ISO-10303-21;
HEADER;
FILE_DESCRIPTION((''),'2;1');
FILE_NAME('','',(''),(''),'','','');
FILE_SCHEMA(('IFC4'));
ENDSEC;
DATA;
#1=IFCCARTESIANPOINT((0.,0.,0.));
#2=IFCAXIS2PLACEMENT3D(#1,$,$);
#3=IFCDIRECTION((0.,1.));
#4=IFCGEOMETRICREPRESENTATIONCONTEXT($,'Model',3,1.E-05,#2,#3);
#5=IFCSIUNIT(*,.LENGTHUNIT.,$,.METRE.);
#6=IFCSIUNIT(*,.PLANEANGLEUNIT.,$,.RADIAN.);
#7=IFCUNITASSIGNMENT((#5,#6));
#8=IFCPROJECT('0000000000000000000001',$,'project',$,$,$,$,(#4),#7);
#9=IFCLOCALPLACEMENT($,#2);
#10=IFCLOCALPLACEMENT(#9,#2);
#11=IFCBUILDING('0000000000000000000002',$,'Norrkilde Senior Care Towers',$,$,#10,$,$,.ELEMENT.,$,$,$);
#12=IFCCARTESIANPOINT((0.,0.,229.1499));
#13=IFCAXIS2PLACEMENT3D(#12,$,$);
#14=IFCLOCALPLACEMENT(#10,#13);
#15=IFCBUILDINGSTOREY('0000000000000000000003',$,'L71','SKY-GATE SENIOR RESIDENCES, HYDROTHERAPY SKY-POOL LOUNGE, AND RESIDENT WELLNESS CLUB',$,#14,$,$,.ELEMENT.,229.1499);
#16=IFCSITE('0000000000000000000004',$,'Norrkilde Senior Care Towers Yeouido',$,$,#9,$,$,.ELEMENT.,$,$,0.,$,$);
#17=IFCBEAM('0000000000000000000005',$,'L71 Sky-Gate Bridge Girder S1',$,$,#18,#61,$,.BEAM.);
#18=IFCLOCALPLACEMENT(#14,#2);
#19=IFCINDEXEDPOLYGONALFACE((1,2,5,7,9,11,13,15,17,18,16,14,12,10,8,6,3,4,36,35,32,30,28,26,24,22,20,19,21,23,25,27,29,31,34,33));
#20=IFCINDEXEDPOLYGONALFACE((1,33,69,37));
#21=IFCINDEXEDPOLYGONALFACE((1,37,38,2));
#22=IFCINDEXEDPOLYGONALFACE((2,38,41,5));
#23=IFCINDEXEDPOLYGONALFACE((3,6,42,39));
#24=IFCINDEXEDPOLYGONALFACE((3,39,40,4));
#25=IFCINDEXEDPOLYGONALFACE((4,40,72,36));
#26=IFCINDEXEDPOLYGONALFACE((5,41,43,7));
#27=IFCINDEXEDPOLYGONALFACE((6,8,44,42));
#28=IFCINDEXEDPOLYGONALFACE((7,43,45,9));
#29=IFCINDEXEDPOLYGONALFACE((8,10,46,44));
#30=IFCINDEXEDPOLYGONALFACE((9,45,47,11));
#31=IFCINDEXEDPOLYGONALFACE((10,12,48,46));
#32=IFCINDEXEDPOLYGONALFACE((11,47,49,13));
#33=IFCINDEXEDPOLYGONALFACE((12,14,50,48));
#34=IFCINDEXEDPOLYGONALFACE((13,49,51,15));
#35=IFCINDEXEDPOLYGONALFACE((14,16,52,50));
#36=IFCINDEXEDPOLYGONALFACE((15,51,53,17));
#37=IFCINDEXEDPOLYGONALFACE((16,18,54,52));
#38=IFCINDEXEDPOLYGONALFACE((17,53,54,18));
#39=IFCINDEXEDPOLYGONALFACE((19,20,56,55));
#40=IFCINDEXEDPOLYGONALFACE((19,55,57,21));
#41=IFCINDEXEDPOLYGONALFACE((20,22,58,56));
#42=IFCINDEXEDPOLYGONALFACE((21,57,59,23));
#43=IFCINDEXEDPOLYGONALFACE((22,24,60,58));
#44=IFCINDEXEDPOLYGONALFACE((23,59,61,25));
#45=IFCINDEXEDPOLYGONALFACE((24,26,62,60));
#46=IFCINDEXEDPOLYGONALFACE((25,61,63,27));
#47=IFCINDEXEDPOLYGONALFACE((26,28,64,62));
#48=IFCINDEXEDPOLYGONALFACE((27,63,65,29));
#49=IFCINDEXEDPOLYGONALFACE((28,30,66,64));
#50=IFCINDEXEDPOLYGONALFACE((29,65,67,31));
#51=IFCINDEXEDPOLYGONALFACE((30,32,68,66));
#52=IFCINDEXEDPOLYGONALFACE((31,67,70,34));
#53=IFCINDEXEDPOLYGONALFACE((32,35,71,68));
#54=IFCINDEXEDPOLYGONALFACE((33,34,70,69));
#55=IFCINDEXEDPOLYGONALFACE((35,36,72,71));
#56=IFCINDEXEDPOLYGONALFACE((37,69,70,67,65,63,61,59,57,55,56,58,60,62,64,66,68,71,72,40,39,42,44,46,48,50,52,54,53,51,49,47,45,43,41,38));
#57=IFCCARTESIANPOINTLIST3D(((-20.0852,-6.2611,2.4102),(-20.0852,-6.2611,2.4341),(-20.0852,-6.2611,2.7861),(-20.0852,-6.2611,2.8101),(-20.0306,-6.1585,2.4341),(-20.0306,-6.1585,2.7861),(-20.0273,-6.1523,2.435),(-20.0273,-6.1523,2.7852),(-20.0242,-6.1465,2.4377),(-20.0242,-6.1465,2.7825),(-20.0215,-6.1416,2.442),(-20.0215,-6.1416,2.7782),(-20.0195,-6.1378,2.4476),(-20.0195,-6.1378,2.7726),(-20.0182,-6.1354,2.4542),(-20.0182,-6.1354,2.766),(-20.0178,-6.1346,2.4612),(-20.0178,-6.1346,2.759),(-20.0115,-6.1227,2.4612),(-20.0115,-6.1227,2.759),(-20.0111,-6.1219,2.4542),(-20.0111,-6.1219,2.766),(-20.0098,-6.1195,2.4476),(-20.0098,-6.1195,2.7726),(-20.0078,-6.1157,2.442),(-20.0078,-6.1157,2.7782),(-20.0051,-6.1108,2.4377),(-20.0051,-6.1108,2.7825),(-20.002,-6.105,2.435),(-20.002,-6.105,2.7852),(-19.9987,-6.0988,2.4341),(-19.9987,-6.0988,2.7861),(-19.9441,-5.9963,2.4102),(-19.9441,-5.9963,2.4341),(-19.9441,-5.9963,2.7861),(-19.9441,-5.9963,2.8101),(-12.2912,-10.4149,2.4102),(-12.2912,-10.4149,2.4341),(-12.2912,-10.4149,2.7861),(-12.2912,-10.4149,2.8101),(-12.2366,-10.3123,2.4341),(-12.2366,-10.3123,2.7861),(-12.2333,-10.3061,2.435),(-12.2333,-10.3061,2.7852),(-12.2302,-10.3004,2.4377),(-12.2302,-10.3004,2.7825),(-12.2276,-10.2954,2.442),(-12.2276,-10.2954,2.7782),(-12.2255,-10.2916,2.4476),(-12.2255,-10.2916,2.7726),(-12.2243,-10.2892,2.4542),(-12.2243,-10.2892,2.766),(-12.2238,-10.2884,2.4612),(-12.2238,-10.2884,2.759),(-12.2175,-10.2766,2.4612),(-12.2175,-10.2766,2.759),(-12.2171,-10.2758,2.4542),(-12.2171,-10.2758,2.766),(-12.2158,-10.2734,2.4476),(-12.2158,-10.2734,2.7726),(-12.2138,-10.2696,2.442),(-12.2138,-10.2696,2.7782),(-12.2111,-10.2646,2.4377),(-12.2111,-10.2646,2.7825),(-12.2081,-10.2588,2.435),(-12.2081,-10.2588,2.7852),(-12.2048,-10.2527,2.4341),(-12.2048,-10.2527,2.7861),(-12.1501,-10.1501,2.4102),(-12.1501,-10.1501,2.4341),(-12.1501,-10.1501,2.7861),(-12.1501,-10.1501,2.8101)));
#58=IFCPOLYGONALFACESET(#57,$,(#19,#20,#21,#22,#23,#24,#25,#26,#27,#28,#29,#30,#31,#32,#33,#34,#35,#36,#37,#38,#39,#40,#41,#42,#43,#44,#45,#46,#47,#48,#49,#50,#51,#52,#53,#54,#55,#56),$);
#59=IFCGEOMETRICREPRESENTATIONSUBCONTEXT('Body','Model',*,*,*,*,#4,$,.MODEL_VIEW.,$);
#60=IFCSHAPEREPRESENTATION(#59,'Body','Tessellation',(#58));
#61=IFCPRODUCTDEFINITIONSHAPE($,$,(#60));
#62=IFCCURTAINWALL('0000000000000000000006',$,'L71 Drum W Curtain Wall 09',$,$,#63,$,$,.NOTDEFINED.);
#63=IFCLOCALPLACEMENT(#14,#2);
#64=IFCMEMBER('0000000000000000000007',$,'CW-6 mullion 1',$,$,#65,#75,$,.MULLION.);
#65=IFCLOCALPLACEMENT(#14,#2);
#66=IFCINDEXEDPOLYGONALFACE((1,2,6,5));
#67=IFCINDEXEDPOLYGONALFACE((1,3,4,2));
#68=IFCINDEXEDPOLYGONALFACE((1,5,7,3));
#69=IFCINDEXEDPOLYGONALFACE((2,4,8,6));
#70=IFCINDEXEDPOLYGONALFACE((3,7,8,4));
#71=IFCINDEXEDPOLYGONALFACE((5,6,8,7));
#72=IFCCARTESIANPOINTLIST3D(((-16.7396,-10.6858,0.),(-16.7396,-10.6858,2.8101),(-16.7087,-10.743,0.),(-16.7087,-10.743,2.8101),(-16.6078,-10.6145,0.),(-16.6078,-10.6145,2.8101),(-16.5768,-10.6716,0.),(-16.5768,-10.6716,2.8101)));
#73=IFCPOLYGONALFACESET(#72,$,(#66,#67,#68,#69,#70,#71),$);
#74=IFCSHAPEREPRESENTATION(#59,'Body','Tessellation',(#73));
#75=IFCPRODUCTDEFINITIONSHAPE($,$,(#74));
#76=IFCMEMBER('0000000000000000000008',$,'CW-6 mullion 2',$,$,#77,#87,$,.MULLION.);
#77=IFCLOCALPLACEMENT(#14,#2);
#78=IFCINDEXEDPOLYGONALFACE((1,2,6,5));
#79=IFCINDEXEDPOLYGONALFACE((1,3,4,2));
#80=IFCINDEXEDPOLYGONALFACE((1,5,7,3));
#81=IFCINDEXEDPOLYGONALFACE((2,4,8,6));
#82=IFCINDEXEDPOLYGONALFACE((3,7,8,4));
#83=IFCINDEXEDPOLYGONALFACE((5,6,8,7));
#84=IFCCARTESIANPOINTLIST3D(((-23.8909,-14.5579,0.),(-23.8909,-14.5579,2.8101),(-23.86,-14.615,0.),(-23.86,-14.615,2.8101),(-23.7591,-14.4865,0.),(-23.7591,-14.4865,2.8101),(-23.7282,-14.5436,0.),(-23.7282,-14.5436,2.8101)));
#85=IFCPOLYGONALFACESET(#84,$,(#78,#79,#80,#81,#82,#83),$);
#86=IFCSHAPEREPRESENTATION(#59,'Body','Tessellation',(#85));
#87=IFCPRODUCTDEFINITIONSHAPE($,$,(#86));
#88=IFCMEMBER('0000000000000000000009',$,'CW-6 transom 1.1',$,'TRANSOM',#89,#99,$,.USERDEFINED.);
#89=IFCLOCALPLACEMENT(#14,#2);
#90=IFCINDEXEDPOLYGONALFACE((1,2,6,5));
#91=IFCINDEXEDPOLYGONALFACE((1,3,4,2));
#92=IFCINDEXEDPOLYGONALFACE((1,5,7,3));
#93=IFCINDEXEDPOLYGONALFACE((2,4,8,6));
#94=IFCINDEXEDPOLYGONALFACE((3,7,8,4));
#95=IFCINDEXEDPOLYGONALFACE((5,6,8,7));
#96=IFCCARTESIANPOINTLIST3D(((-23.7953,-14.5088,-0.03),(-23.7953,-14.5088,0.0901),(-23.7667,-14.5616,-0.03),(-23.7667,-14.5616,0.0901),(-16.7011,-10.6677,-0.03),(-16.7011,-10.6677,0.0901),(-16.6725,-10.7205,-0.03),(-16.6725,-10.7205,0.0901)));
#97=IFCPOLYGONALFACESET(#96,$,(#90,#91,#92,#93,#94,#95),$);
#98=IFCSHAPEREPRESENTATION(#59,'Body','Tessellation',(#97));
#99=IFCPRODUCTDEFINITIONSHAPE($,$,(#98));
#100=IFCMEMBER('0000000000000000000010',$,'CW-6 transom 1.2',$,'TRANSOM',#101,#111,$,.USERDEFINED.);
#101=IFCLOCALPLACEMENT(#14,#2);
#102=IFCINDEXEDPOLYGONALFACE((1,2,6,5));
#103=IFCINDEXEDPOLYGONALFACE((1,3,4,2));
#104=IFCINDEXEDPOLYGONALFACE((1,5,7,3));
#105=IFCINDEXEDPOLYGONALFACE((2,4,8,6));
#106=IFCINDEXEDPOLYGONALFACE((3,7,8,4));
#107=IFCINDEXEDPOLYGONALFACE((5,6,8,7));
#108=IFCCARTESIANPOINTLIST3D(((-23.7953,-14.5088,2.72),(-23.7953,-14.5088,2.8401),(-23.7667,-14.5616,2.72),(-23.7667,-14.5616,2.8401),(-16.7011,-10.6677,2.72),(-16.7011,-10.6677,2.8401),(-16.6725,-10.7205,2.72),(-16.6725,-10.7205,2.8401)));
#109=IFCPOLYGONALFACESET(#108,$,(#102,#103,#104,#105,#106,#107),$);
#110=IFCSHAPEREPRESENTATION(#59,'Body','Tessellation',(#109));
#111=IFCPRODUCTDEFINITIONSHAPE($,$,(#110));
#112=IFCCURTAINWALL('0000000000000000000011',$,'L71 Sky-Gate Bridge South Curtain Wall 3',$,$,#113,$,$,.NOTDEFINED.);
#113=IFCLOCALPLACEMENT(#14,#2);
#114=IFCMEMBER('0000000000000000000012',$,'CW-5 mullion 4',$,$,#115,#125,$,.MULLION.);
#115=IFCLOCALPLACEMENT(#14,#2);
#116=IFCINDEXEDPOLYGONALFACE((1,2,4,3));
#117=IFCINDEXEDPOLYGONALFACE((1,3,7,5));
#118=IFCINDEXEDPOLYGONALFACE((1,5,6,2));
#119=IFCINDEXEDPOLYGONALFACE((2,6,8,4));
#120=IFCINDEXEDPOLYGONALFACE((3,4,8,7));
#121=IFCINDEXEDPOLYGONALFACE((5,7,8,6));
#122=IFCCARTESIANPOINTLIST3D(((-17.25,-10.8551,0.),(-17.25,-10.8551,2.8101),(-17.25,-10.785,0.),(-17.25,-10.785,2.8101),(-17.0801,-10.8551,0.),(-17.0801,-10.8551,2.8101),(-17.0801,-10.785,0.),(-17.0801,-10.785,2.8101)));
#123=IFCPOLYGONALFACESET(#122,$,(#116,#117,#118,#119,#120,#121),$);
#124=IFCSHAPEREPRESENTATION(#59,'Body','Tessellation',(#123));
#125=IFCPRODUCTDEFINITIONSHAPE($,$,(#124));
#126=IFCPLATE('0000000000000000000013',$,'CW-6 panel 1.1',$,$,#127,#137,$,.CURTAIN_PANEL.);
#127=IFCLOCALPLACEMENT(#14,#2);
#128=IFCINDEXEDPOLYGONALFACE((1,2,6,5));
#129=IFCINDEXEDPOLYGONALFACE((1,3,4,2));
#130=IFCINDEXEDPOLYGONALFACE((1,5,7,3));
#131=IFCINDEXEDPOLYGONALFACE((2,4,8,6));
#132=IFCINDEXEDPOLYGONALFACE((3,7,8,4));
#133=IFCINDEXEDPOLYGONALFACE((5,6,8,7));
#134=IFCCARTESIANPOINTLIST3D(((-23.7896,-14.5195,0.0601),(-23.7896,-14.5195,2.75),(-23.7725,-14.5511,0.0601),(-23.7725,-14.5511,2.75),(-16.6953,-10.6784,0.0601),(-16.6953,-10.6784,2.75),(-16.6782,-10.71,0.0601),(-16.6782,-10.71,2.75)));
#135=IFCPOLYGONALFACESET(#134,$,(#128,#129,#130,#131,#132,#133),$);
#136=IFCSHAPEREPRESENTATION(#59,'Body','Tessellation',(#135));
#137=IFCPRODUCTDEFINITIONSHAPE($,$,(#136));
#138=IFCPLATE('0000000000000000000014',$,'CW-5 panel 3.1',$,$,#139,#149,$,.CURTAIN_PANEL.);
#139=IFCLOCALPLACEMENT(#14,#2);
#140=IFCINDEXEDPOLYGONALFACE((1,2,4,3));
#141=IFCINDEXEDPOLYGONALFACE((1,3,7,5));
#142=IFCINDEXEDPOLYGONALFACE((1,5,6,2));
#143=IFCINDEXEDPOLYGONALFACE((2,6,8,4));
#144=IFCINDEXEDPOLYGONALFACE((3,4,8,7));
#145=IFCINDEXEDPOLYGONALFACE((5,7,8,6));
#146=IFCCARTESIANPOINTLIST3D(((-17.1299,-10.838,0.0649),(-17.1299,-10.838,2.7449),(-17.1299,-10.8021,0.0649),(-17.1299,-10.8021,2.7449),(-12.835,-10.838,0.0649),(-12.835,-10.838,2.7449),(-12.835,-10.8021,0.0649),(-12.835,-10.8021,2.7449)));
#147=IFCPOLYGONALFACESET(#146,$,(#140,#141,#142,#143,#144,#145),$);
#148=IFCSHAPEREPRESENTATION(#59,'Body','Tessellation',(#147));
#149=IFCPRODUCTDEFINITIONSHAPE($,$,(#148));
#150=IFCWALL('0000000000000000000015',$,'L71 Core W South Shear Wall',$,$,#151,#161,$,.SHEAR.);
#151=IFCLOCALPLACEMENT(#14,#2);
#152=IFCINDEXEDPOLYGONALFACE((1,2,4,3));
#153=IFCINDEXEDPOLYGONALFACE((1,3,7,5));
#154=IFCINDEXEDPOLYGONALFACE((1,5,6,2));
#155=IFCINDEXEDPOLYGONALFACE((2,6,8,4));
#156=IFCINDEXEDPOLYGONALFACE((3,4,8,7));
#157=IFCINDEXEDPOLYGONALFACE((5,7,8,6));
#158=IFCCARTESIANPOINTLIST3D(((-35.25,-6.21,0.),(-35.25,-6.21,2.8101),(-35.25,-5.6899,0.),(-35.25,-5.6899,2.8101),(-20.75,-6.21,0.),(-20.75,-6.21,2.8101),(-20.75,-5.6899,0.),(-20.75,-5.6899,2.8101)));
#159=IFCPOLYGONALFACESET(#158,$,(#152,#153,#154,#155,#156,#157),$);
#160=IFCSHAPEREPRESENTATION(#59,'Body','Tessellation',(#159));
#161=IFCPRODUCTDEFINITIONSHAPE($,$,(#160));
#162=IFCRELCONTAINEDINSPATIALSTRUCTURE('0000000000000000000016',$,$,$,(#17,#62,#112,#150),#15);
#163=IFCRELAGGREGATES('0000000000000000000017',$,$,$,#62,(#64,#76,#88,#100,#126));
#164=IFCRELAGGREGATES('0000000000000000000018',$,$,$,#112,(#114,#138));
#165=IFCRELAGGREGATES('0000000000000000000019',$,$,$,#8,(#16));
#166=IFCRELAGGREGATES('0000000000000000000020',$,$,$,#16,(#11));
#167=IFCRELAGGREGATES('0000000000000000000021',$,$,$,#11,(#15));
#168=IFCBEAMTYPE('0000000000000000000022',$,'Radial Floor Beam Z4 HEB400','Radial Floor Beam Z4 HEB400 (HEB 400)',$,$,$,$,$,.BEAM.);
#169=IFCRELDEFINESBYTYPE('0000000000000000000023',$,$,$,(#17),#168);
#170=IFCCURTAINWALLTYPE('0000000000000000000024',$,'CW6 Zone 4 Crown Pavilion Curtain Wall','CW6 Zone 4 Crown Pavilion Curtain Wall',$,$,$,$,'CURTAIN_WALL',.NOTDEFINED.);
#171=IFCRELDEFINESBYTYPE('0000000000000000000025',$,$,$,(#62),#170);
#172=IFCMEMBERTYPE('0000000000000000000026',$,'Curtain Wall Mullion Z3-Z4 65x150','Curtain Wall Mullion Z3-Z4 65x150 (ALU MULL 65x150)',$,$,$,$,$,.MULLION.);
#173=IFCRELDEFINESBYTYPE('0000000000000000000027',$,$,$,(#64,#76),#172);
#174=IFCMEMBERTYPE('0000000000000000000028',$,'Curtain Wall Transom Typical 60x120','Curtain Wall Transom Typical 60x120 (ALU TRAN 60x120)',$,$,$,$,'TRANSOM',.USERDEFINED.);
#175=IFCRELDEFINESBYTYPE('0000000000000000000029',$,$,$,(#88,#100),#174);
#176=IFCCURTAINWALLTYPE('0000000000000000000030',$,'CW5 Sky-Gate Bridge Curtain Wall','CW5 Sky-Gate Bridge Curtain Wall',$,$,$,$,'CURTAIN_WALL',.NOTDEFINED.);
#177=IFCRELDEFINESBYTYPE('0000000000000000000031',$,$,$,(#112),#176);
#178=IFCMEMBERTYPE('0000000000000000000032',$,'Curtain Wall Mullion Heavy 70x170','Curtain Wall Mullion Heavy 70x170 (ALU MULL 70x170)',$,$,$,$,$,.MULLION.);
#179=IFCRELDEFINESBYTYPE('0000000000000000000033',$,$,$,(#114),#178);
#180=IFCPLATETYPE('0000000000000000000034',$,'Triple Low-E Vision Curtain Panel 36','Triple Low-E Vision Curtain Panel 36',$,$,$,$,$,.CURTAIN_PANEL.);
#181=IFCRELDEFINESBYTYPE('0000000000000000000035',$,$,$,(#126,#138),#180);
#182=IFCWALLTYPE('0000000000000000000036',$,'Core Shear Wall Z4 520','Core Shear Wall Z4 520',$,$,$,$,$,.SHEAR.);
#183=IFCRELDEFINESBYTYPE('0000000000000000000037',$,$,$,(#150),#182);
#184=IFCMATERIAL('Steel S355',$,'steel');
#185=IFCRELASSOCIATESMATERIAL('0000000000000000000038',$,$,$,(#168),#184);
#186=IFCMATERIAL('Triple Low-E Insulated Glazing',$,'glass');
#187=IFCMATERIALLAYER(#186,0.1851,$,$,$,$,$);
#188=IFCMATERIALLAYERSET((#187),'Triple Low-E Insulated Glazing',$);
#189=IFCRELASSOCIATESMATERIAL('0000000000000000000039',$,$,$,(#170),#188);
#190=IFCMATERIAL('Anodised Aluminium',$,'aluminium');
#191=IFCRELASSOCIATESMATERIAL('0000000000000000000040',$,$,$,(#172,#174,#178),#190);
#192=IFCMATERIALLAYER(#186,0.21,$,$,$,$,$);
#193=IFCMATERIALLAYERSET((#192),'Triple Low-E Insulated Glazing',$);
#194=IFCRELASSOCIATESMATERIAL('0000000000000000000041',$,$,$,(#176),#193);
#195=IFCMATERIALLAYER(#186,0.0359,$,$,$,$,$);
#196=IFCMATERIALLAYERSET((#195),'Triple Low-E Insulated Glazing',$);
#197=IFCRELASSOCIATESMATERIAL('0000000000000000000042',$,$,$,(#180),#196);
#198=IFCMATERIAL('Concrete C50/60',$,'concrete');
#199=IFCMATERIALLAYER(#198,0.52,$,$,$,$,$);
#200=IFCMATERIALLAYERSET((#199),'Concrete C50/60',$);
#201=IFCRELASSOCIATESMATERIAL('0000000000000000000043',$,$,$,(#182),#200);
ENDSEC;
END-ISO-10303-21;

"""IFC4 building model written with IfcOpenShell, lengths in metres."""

from ifc_helpers import new_model, si_unit, direction, frame, frame_2d, origin, origin_2d, place, context, subcontext, project, spatial, rectangle, i_section, extrude, source, transform, mapped, material, layer, layer_set, material_profile, profile_set, type_object, type_shapes, element, aggregate, save


model = new_model("IFC4")

# Units and contexts
model_context = context("Model", 3, precision=1e-05, world=origin(), true_north=direction((0.0, 1.0)))
body_context = subcontext(model_context, "Body", "Model", "MODEL_VIEW")
ifc_project = project(units=[si_unit("LENGTHUNIT", "METRE"), si_unit("PLANEANGLEUNIT", "RADIAN")], contexts=[model_context])

# Site, building, storey
site_placement = place(None, origin())
site = spatial("IfcSite", under=ifc_project, at=site_placement, Name="Norrkilde Senior Care Towers Yeouido", CompositionType="ELEMENT", RefElevation=0.0)
building_placement = place(site_placement, origin())
building = spatial("IfcBuilding", under=site, at=building_placement, Name="Norrkilde Senior Care Towers", CompositionType="ELEMENT")
storey_placement = place(building_placement, frame((0.0, 0.0, 229.1499)))
storey = spatial("IfcBuildingStorey", under=building, at=storey_placement, Name="L71", Description="SKY-GATE SENIOR RESIDENCES, HYDROTHERAPY SKY-POOL LOUNGE, AND RESIDENT WELLNESS CLUB", CompositionType="ELEMENT", Elevation=229.1499)

# Shared definitions
ifc_material_1 = material(Name="Concrete C50/60", Category="concrete")

# Beam
ifc_material_2 = material(Name="Steel S355", Category="steel")
ifc_material_profile_1 = material_profile(ifc_material_2, i_section(OverallWidth=0.3, OverallDepth=0.3999, WebThickness=0.0134, FlangeThickness=0.0239, FilletRadius=0.0271, at=origin_2d()), Name="HEB 400")
ifc_profile_set_1 = profile_set([ifc_material_profile_1], Name="Steel S355")
beam_type_1 = type_object("IfcBeamType", Name="Radial Floor Beam Z4 HEB400", Description="Radial Floor Beam Z4 HEB400 (HEB 400)", PredefinedType="BEAM", material=ifc_profile_set_1)
shared_shape_1 = source(origin(), body_context, "Body", "SweptSolid", [
    extrude(i_section(OverallWidth=0.3, OverallDepth=0.3999, WebThickness=0.0134, FlangeThickness=0.0239, FilletRadius=0.0271, at=origin_2d()), origin(), (0.0, 0.0, 1.0), 8.8318),
])
beam_1_placement = place(storey_placement, frame((-20.0146, -6.1287, 2.6101), z_axis=(0.882492, -0.470327, 0.0), x_axis=(0.470327, 0.882492, 0.0)))
element("IfcBeam", 1, at=beam_1_placement, inside=storey, type_object=beam_type_1, Name="L71 Sky-Gate Bridge Girder S1", PredefinedType="BEAM", context=body_context, shape_type="MappedRepresentation", body=[
    mapped(shared_shape_1, transform((0.0, 0.0, 0.0), x_axis=(1.0, 0.0, 0.0), y_axis=(0.0, 1.0, 0.0), z_axis=(0.0, 0.0, 1.0), scale=1.0)),
])

# Curtain wall, members
ifc_material_3 = material(Name="Triple Low-E Insulated Glazing", Category="glass")
ifc_layer_1 = layer(ifc_material_3, 0.1851)
ifc_layer_set_1 = layer_set([ifc_layer_1], Name="Triple Low-E Insulated Glazing")
curtain_wall_type_1 = type_object("IfcCurtainWallType", Name="CW6 Zone 4 Crown Pavilion Curtain Wall", Description="CW6 Zone 4 Crown Pavilion Curtain Wall", ElementType="CURTAIN_WALL", PredefinedType="NOTDEFINED", material=ifc_layer_set_1)
curtain_wall_1_placement = place(storey_placement, origin())
curtain_wall_1 = element("IfcCurtainWall", 2, at=curtain_wall_1_placement, inside=storey, type_object=curtain_wall_type_1, Name="L71 Drum W Curtain Wall 09", PredefinedType="NOTDEFINED")
ifc_material_4 = material(Name="Anodised Aluminium", Category="aluminium")
ifc_material_profile_2 = material_profile(ifc_material_4, rectangle(XDim=0.0649, YDim=0.1499, at=origin_2d()), Name="ALU MULL 65x150")
ifc_profile_set_2 = profile_set([ifc_material_profile_2], Name="Anodised Aluminium")
member_type_1 = type_object("IfcMemberType", Name="Curtain Wall Mullion Z3-Z4 65x150", Description="Curtain Wall Mullion Z3-Z4 65x150 (ALU MULL 65x150)", PredefinedType="MULLION", material=ifc_profile_set_2)
shared_shape_2 = source(origin(), body_context, "Body", "SweptSolid", [
    extrude(rectangle(XDim=0.0649, YDim=0.1499, at=origin_2d()), origin(), (0.0, 0.0, 1.0), 2.8101),
])
type_shapes(member_type_1, [shared_shape_2])
member_1_placement = place(storey_placement, frame((-16.6582, -10.6787, 0.0), z_axis=(0.0, 0.0, 1.0), x_axis=(0.476133, -0.879373, 0.0)))
member_1 = element("IfcMember", 3, at=member_1_placement, type_object=member_type_1, Name="CW-6 mullion 1", PredefinedType="MULLION", context=body_context, shape_type="MappedRepresentation", body=[
    mapped(shared_shape_2, transform((0.0, 0.0, 0.0), x_axis=(1.0, 0.0, 0.0), y_axis=(0.0, 1.0, 0.0), z_axis=(0.0, 0.0, 1.0), scale=1.0)),
])
member_2_placement = place(storey_placement, frame((-23.8096, -14.5508, 0.0), z_axis=(0.0, 0.0, 1.0), x_axis=(0.476133, -0.879373, 0.0)))
member_2 = element("IfcMember", 4, at=member_2_placement, type_object=member_type_1, Name="CW-6 mullion 2", PredefinedType="MULLION", context=body_context, shape_type="MappedRepresentation", body=[
    mapped(shared_shape_2, transform((0.0, 0.0, 0.0), x_axis=(1.0, 0.0, 0.0), y_axis=(0.0, 1.0, 0.0), z_axis=(0.0, 0.0, 1.0), scale=1.0)),
])
ifc_material_profile_3 = material_profile(ifc_material_4, rectangle(XDim=0.0601, YDim=0.1201, at=origin_2d()), Name="ALU TRAN 60x120")
ifc_profile_set_3 = profile_set([ifc_material_profile_3], Name="Anodised Aluminium")
member_type_2 = type_object("IfcMemberType", Name="Curtain Wall Transom Typical 60x120", Description="Curtain Wall Transom Typical 60x120 (ALU TRAN 60x120)", ElementType="TRANSOM", PredefinedType="USERDEFINED", material=ifc_profile_set_3)
shared_shape_3 = source(origin(), body_context, "Body", "SweptSolid", [
    extrude(rectangle(XDim=0.0601, YDim=0.1201, at=origin_2d()), origin(), (0.0, 0.0, 1.0), 8.0674),
])
type_shapes(member_type_2, [shared_shape_3])
member_3_placement = place(storey_placement, frame((-16.6868, -10.6941, 0.03), z_axis=(-0.879378, -0.476125, 0.0), x_axis=(0.476125, -0.879378, 0.0)))
member_3 = element("IfcMember", 5, at=member_3_placement, type_object=member_type_2, Name="CW-6 transom 1.1", ObjectType="TRANSOM", PredefinedType="USERDEFINED", context=body_context, shape_type="MappedRepresentation", body=[
    mapped(shared_shape_3, transform((0.0, 0.0, 0.0), x_axis=(1.0, 0.0, 0.0), y_axis=(0.0, 1.0, 0.0), z_axis=(0.0, 0.0, 1.0), scale=1.0)),
])
member_4_placement = place(storey_placement, frame((-16.6868, -10.6941, 2.78), z_axis=(-0.879378, -0.476125, 0.0), x_axis=(0.476125, -0.879378, 0.0)))
member_4 = element("IfcMember", 6, at=member_4_placement, type_object=member_type_2, Name="CW-6 transom 1.2", ObjectType="TRANSOM", PredefinedType="USERDEFINED", context=body_context, shape_type="MappedRepresentation", body=[
    mapped(shared_shape_3, transform((0.0, 0.0, 0.0), x_axis=(1.0, 0.0, 0.0), y_axis=(0.0, 1.0, 0.0), z_axis=(0.0, 0.0, 1.0), scale=1.0)),
])

# Curtain wall, member
ifc_layer_2 = layer(ifc_material_3, 0.21)
ifc_layer_set_2 = layer_set([ifc_layer_2], Name="Triple Low-E Insulated Glazing")
curtain_wall_type_2 = type_object("IfcCurtainWallType", Name="CW5 Sky-Gate Bridge Curtain Wall", Description="CW5 Sky-Gate Bridge Curtain Wall", ElementType="CURTAIN_WALL", PredefinedType="NOTDEFINED", material=ifc_layer_set_2)
curtain_wall_2_placement = place(storey_placement, origin())
curtain_wall_2 = element("IfcCurtainWall", 7, at=curtain_wall_2_placement, inside=storey, type_object=curtain_wall_type_2, Name="L71 Sky-Gate Bridge South Curtain Wall 3", PredefinedType="NOTDEFINED")
ifc_material_profile_4 = material_profile(ifc_material_4, rectangle(XDim=0.0701, YDim=0.1699, at=origin_2d()), Name="ALU MULL 70x170")
ifc_profile_set_4 = profile_set([ifc_material_profile_4], Name="Anodised Aluminium")
member_type_3 = type_object("IfcMemberType", Name="Curtain Wall Mullion Heavy 70x170", Description="Curtain Wall Mullion Heavy 70x170 (ALU MULL 70x170)", PredefinedType="MULLION", material=ifc_profile_set_4)
shared_shape_4 = source(origin(), body_context, "Body", "SweptSolid", [
    extrude(rectangle(XDim=0.0701, YDim=0.1699, at=origin_2d()), origin(), (0.0, 0.0, 1.0), 2.8101),
])
type_shapes(member_type_3, [shared_shape_4])
member_5_placement = place(storey_placement, frame((-17.165, -10.8201, 0.0), z_axis=(0.0, 0.0, 1.0), x_axis=(0.0, -1.0, 0.0)))
member_5 = element("IfcMember", 8, at=member_5_placement, type_object=member_type_3, Name="CW-5 mullion 4", PredefinedType="MULLION", context=body_context, shape_type="MappedRepresentation", body=[
    mapped(shared_shape_4, transform((0.0, 0.0, 0.0), x_axis=(1.0, 0.0, 0.0), y_axis=(0.0, 1.0, 0.0), z_axis=(0.0, 0.0, 1.0), scale=1.0)),
])

# Plates
ifc_layer_3 = layer(ifc_material_3, 0.0359)
ifc_layer_set_3 = layer_set([ifc_layer_3], Name="Triple Low-E Insulated Glazing")
plate_type = type_object("IfcPlateType", Name="Triple Low-E Vision Curtain Panel 36", Description="Triple Low-E Vision Curtain Panel 36", PredefinedType="CURTAIN_PANEL", material=ifc_layer_set_3)
shared_shape_5 = source(origin(), body_context, "Body", "SweptSolid", [
    extrude(rectangle(XDim=8.0674, YDim=0.0359, at=origin_2d()), origin(), (0.0, 0.0, 1.0), 2.6899),
])
plate_1_placement = place(storey_placement, frame((-20.2339, -12.6147, 0.0601), z_axis=(0.0, 0.0, 1.0), x_axis=(-0.879373, -0.476133, 0.0)))
plate_1 = element("IfcPlate", 9, at=plate_1_placement, type_object=plate_type, Name="CW-6 panel 1.1", PredefinedType="CURTAIN_PANEL", context=body_context, shape_type="MappedRepresentation", body=[
    mapped(shared_shape_5, transform((0.0, 0.0, 0.0), x_axis=(1.0, 0.0, 0.0), y_axis=(0.0, 1.0, 0.0), z_axis=(0.0, 0.0, 1.0), scale=1.0)),
])
aggregate(curtain_wall_1, [member_1, member_2, member_3, member_4, plate_1])
shared_shape_6 = source(origin(), body_context, "Body", "SweptSolid", [
    extrude(rectangle(XDim=4.2949, YDim=0.0359, at=origin_2d()), origin(), (0.0, 0.0, 1.0), 2.6799),
])
type_shapes(plate_type, [shared_shape_5, shared_shape_6])
plate_2_placement = place(storey_placement, frame((-14.9824, -10.8201, 0.0649), z_axis=(0.0, 0.0, 1.0), x_axis=(-1.0, 0.0, 0.0)))
plate_2 = element("IfcPlate", 10, at=plate_2_placement, type_object=plate_type, Name="CW-5 panel 3.1", PredefinedType="CURTAIN_PANEL", context=body_context, shape_type="MappedRepresentation", body=[
    mapped(shared_shape_6, transform((0.0, 0.0, 0.0), x_axis=(1.0, 0.0, 0.0), y_axis=(0.0, 1.0, 0.0), z_axis=(0.0, 0.0, 1.0), scale=1.0)),
])
aggregate(curtain_wall_2, [member_5, plate_2])

# Wall
ifc_layer_4 = layer(ifc_material_1, 0.52)
ifc_layer_set_4 = layer_set([ifc_layer_4], Name="Concrete C50/60")
wall_type_1 = type_object("IfcWallType", Name="Core Shear Wall Z4 520", Description="Core Shear Wall Z4 520", PredefinedType="SHEAR", material=ifc_layer_set_4)
shared_shape_7 = source(origin(), body_context, "Body", "SweptSolid", [
    extrude(rectangle(XDim=14.5, YDim=0.52, at=frame_2d((7.25, 0.0))), origin(), (0.0, 0.0, 1.0), 2.8101),
])
type_shapes(wall_type_1, [shared_shape_7])
wall_1_placement = place(storey_placement, frame((-20.75, -5.95, 0.0), z_axis=(0.0, 0.0, 1.0), x_axis=(-1.0, 0.0, 0.0)))
element("IfcWall", 11, at=wall_1_placement, inside=storey, type_object=wall_type_1, Name="L71 Core W South Shear Wall", PredefinedType="SHEAR", context=body_context, shape_type="MappedRepresentation", body=[
    mapped(shared_shape_7, transform((0.0, 0.0, 0.0), x_axis=(1.0, 0.0, 0.0), y_axis=(0.0, 1.0, 0.0), z_axis=(0.0, 0.0, 1.0), scale=1.0)),
])

save(model, "model.ifc")
